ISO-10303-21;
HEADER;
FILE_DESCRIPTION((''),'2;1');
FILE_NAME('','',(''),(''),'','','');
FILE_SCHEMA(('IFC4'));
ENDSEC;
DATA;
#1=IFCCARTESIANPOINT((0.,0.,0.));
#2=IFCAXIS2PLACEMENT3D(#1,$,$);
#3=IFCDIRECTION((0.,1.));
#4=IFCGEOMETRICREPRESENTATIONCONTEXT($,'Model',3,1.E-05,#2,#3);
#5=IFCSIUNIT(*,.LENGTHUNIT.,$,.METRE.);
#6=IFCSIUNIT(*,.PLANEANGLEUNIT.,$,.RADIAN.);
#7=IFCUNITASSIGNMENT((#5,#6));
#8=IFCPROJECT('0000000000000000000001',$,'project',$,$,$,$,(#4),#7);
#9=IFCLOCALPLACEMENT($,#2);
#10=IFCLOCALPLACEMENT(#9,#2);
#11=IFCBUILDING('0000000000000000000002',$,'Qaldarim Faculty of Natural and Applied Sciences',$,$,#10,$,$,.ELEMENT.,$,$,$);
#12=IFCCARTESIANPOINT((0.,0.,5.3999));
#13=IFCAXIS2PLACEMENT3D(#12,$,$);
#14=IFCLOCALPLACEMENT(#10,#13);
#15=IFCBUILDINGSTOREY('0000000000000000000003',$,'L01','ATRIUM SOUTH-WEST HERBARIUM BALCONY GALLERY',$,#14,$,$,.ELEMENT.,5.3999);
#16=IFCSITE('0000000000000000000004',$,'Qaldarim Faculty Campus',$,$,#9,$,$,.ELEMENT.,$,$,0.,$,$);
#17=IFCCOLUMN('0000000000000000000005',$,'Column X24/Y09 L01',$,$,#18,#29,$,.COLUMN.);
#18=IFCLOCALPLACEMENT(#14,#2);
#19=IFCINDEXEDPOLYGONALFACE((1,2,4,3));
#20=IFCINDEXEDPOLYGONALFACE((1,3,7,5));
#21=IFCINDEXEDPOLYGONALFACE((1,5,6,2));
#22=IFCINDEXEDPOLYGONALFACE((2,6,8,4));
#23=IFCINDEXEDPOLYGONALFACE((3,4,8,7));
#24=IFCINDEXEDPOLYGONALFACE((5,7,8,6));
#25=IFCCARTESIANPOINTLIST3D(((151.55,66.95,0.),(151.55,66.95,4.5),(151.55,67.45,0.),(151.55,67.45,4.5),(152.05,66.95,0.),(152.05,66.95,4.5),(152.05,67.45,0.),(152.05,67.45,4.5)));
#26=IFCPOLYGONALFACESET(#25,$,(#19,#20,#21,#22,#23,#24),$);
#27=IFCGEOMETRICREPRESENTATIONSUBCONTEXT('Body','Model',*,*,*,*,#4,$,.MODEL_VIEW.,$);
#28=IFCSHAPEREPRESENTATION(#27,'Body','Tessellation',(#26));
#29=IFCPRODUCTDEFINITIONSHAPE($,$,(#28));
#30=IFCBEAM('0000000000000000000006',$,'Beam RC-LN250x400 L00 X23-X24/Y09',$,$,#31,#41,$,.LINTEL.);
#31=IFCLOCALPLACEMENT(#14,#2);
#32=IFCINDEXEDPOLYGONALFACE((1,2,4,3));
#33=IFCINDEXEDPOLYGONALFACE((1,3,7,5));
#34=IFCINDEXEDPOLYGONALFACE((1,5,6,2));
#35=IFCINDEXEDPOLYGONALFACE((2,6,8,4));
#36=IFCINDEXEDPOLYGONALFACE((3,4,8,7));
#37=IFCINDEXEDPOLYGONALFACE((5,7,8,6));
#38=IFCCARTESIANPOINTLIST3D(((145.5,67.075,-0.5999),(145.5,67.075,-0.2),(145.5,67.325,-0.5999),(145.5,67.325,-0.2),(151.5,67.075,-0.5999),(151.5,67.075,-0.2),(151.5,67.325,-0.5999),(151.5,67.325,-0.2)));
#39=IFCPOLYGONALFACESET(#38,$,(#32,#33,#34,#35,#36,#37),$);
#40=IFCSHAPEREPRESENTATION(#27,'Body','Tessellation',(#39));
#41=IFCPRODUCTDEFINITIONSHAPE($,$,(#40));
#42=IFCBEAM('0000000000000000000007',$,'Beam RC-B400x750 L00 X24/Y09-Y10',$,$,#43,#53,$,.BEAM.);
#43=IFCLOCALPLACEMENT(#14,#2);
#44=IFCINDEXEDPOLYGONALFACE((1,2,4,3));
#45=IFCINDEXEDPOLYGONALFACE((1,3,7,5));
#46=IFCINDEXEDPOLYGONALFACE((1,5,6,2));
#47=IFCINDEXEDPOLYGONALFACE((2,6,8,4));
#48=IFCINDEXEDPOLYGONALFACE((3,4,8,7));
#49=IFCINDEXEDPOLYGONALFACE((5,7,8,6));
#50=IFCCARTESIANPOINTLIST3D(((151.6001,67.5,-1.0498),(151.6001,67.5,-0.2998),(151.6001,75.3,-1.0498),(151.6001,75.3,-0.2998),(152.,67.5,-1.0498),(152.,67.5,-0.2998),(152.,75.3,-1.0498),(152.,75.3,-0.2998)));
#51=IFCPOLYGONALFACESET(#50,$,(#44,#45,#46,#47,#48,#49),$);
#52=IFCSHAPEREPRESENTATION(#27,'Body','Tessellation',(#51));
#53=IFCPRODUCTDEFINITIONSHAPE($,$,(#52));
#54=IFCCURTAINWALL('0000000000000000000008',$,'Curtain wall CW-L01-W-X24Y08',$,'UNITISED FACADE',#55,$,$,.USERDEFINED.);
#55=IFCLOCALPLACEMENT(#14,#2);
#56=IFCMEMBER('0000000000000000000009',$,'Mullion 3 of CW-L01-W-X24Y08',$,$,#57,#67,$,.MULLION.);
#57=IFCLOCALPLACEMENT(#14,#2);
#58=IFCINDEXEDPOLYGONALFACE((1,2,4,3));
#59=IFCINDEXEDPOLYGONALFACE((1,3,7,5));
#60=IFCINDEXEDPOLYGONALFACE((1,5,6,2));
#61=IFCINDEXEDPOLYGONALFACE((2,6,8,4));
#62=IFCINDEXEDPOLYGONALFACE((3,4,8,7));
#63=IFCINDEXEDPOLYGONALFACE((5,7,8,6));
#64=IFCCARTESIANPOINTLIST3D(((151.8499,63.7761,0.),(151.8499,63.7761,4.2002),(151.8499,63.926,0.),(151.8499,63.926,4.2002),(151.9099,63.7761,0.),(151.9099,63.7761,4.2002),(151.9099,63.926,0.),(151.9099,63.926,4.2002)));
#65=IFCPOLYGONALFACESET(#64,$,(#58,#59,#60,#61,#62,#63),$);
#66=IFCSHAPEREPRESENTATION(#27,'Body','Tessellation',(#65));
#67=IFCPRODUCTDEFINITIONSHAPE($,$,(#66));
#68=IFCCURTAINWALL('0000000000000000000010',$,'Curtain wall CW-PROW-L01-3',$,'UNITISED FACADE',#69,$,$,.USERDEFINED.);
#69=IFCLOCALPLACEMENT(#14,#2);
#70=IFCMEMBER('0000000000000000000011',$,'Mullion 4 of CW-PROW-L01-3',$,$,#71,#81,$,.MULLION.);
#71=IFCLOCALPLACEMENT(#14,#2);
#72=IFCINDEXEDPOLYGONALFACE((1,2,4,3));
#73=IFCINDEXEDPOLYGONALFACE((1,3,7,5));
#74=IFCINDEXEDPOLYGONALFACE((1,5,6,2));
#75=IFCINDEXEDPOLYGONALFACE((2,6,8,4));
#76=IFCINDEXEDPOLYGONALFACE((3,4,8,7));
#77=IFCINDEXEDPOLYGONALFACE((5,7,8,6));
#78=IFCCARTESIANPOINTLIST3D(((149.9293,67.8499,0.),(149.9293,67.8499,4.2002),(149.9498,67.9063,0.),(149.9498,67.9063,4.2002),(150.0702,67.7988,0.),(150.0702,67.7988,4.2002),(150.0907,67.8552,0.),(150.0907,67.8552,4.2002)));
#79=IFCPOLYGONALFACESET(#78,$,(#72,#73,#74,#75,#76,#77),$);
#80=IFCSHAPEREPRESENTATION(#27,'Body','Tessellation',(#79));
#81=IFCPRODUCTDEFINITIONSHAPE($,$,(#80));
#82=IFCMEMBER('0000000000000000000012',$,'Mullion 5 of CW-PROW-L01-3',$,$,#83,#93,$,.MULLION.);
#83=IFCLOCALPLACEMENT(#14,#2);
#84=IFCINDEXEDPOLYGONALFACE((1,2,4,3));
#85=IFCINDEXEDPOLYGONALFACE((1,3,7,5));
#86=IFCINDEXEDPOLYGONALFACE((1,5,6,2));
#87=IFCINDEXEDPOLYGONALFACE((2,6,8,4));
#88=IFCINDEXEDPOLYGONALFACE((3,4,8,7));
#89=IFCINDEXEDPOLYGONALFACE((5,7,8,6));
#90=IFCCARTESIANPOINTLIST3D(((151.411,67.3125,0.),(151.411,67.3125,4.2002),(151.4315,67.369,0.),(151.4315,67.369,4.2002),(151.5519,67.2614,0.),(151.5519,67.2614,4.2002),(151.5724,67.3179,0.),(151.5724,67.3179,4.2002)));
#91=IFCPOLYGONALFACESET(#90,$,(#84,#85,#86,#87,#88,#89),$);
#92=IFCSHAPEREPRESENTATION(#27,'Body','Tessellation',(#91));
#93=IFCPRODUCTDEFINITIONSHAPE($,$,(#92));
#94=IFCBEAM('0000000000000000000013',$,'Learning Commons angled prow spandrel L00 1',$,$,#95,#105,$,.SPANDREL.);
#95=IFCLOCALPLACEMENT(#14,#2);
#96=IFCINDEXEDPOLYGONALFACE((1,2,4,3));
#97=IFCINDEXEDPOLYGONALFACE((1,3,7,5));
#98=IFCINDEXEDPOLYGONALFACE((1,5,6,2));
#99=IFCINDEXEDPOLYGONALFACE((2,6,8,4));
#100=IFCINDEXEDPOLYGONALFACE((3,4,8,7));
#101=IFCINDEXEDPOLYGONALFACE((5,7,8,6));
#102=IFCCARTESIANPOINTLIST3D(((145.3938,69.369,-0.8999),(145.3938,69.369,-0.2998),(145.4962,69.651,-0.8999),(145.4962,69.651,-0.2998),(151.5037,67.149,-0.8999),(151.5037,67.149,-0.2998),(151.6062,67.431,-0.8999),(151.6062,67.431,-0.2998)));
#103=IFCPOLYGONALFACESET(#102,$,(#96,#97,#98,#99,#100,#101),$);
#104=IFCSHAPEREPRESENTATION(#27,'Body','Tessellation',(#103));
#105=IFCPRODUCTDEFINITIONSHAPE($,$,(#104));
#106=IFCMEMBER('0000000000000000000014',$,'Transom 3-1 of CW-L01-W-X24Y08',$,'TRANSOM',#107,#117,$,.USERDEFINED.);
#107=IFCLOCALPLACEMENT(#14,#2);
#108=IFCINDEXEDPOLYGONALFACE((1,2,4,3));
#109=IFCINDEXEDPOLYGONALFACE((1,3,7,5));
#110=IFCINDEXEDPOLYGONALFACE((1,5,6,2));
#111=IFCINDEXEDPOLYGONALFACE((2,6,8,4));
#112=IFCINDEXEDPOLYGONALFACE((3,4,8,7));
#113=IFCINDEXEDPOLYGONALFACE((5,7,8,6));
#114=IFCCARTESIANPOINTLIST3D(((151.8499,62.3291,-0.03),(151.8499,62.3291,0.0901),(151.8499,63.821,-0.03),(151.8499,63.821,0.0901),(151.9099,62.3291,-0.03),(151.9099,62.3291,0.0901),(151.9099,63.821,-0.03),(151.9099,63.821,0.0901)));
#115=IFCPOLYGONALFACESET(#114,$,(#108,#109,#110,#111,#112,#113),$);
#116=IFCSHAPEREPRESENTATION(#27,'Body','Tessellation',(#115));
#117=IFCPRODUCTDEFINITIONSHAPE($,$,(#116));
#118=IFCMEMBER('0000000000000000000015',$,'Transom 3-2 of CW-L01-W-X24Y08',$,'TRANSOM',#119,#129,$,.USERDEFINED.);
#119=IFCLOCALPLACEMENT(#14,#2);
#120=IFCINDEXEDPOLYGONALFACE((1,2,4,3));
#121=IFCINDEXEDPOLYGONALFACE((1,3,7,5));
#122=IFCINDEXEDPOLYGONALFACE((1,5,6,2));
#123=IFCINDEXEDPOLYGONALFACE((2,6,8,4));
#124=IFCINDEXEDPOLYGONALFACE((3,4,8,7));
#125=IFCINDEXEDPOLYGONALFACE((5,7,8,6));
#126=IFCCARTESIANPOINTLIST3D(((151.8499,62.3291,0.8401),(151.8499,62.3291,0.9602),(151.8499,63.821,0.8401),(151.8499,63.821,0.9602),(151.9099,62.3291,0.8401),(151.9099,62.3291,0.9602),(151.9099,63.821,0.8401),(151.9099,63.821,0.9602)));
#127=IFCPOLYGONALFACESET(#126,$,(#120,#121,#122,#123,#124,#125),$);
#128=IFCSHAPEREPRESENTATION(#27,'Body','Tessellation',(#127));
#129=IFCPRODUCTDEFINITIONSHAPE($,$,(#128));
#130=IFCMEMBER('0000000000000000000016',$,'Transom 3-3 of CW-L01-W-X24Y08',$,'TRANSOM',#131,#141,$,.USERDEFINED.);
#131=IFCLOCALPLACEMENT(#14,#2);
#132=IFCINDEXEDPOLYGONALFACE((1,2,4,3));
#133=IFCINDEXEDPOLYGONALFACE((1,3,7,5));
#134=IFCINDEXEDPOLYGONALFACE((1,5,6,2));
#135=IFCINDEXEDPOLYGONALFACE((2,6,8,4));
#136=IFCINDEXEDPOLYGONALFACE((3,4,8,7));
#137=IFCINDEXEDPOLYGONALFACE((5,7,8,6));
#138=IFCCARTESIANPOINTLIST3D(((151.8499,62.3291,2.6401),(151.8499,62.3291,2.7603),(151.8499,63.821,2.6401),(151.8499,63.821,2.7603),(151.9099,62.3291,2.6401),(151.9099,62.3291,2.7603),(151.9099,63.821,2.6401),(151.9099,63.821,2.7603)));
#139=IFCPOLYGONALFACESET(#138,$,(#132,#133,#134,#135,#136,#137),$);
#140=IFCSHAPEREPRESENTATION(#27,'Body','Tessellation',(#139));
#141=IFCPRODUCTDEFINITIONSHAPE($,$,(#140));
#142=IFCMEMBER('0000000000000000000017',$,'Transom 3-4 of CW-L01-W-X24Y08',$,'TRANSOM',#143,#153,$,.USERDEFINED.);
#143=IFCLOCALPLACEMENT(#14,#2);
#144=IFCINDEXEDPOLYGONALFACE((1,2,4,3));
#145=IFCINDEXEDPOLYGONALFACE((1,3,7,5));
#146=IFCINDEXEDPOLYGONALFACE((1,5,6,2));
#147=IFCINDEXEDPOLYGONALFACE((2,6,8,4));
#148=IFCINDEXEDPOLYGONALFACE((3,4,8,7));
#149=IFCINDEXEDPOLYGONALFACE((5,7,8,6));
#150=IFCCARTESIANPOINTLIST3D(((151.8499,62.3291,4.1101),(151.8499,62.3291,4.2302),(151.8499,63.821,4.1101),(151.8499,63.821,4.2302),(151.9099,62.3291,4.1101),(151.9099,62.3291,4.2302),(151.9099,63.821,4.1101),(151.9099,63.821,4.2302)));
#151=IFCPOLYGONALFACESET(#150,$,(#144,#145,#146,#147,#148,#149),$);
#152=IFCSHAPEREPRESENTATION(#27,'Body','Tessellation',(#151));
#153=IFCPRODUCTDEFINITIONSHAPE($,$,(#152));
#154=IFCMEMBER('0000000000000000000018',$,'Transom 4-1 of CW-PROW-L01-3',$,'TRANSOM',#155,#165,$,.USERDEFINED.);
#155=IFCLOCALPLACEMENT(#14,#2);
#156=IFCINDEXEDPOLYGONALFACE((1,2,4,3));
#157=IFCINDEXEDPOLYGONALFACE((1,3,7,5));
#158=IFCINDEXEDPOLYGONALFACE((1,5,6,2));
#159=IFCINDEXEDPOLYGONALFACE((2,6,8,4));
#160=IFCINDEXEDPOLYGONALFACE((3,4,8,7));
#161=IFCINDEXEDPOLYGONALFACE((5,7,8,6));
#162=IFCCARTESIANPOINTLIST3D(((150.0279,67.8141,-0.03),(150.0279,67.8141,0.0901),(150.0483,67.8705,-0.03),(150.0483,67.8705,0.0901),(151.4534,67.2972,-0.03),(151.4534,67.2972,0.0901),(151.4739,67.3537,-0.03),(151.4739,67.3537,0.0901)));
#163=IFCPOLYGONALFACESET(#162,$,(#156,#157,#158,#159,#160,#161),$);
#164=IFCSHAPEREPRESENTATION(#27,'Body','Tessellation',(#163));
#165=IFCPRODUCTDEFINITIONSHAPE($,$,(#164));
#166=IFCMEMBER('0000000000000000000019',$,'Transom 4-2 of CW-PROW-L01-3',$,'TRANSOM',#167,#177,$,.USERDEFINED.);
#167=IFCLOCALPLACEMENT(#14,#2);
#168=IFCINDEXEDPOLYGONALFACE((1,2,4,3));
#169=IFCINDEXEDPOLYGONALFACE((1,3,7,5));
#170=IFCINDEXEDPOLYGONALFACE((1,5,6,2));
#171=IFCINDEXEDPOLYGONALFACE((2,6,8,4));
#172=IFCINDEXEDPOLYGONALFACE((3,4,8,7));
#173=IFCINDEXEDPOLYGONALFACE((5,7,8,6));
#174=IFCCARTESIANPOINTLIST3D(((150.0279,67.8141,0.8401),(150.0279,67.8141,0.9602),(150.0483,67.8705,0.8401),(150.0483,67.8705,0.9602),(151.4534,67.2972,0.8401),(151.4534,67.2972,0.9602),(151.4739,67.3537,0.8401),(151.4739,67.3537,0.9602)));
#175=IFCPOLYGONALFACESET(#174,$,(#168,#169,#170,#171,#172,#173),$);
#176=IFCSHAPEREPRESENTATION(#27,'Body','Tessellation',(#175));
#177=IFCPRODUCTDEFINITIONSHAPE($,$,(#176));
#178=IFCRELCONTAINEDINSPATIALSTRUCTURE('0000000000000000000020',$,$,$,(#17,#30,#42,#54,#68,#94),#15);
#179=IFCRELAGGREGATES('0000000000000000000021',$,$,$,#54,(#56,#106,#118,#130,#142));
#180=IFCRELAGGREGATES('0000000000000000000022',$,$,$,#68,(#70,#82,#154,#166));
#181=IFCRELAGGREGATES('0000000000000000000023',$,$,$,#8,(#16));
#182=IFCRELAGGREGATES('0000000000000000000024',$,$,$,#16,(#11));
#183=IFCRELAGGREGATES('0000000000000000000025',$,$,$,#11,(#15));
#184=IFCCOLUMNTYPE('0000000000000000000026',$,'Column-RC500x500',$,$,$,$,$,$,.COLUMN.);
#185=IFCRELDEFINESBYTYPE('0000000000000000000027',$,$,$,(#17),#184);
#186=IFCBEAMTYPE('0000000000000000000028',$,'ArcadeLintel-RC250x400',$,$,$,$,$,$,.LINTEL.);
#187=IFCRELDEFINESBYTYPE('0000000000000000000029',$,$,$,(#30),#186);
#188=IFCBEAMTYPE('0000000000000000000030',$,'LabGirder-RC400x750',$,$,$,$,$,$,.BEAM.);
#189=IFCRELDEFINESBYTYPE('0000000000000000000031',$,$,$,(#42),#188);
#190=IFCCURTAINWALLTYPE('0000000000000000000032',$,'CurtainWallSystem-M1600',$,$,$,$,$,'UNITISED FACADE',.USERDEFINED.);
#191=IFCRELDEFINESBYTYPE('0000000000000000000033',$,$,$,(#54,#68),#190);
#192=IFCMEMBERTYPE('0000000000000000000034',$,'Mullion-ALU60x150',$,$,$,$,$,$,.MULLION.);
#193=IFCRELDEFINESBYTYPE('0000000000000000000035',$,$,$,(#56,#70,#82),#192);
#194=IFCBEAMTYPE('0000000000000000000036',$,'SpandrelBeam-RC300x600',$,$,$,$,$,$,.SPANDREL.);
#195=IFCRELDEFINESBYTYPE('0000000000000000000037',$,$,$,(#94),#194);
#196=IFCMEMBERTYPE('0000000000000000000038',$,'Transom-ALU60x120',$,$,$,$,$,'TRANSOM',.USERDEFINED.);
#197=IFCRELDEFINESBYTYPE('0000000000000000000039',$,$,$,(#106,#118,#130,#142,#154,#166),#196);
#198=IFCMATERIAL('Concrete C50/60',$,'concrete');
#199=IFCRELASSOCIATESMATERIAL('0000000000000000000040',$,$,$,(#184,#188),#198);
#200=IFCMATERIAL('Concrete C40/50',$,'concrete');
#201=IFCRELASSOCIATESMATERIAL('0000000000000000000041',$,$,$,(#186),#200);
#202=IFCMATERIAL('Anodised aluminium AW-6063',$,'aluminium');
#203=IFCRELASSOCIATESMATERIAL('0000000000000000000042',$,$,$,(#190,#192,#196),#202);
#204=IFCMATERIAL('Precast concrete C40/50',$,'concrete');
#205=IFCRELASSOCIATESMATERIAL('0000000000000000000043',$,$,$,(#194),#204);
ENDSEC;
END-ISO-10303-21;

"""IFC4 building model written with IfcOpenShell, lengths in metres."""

from ifc_helpers import new_model, si_unit, direction, frame, origin, origin_2d, place, context, subcontext, project, spatial, rectangle, extrude, material, material_profile, profile_set, type_object, element, aggregate, save


model = new_model("IFC4")

# Units and contexts
model_context = context("Model", 3, precision=1e-05, world=origin(), true_north=direction((0.0, 1.0)))
body_context = subcontext(model_context, "Body", "Model", "MODEL_VIEW")
ifc_project = project(units=[si_unit("LENGTHUNIT", "METRE"), si_unit("PLANEANGLEUNIT", "RADIAN")], contexts=[model_context])

# Site, building, storey
site_placement = place(None, origin())
site = spatial("IfcSite", under=ifc_project, at=site_placement, Name="Qaldarim Faculty Campus", CompositionType="ELEMENT", RefElevation=0.0)
building_placement = place(site_placement, origin())
building = spatial("IfcBuilding", under=site, at=building_placement, Name="Qaldarim Faculty of Natural and Applied Sciences", CompositionType="ELEMENT")
storey_placement = place(building_placement, frame((0.0, 0.0, 5.3999)))
storey = spatial("IfcBuildingStorey", under=building, at=storey_placement, Name="L01", Description="ATRIUM SOUTH-WEST HERBARIUM BALCONY GALLERY", CompositionType="ELEMENT", Elevation=5.3999)

# Column
ifc_material_1 = material(Name="Concrete C50/60", Category="concrete")
ifc_material_profile_1 = material_profile(ifc_material_1, rectangle(XDim=0.5, YDim=0.5, at=origin_2d()), Name="RC-C500x500")
ifc_profile_set_1 = profile_set([ifc_material_profile_1], Name="Concrete C50/60")
column_type = type_object("IfcColumnType", Name="Column-RC500x500", PredefinedType="COLUMN", material=ifc_profile_set_1)
column_placement = place(storey_placement, frame((151.8, 67.2, 0.0), z_axis=(0.0, 0.0, 1.0), x_axis=(1.0, 0.0, 0.0)))
element("IfcColumn", 1, at=column_placement, inside=storey, type_object=column_type, Name="Column X24/Y09 L01", PredefinedType="COLUMN", context=body_context, shape_type="SweptSolid", body=[
    extrude(rectangle(XDim=0.5, YDim=0.5, at=origin_2d()), origin(), (0.0, 0.0, 1.0), 4.5),
])

# Beams
ifc_material_2 = material(Name="Concrete C40/50", Category="concrete")
ifc_material_profile_2 = material_profile(ifc_material_2, rectangle(XDim=0.25, YDim=0.3999, at=origin_2d()), Name="RC-LN250x400")
ifc_profile_set_2 = profile_set([ifc_material_profile_2], Name="Concrete C40/50")
beam_type_1 = type_object("IfcBeamType", Name="ArcadeLintel-RC250x400", PredefinedType="LINTEL", material=ifc_profile_set_2)
beam_1_placement = place(storey_placement, frame((145.5, 67.2, -0.3999), z_axis=(1.0, 0.0, 0.0), x_axis=(0.0, 1.0, 0.0)))
element("IfcBeam", 2, at=beam_1_placement, inside=storey, type_object=beam_type_1, Name="Beam RC-LN250x400 L00 X23-X24/Y09", PredefinedType="LINTEL", context=body_context, shape_type="SweptSolid", body=[
    extrude(rectangle(XDim=0.25, YDim=0.3999, at=origin_2d()), origin(), (0.0, 0.0, 1.0), 6.0),
])
ifc_material_profile_3 = material_profile(ifc_material_1, rectangle(XDim=0.3999, YDim=0.75, at=origin_2d()), Name="RC-B400x750")
ifc_profile_set_3 = profile_set([ifc_material_profile_3], Name="Concrete C50/60")
beam_type_2 = type_object("IfcBeamType", Name="LabGirder-RC400x750", PredefinedType="BEAM", material=ifc_profile_set_3)
beam_2_placement = place(storey_placement, frame((151.8, 67.5, -0.6748), z_axis=(0.0, 1.0, 0.0), x_axis=(-1.0, 0.0, 0.0)))
element("IfcBeam", 3, at=beam_2_placement, inside=storey, type_object=beam_type_2, Name="Beam RC-B400x750 L00 X24/Y09-Y10", PredefinedType="BEAM", context=body_context, shape_type="SweptSolid", body=[
    extrude(rectangle(XDim=0.3999, YDim=0.75, at=origin_2d()), origin(), (0.0, 0.0, 1.0), 7.8),
])

# Curtain wall, member
ifc_material_3 = material(Name="Anodised aluminium AW-6063", Category="aluminium")
curtain_wall_type = type_object("IfcCurtainWallType", Name="CurtainWallSystem-M1600", ElementType="UNITISED FACADE", PredefinedType="USERDEFINED", material=ifc_material_3)
curtain_wall_1_placement = place(storey_placement, origin())
curtain_wall_1 = element("IfcCurtainWall", 4, at=curtain_wall_1_placement, inside=storey, type_object=curtain_wall_type, Name="Curtain wall CW-L01-W-X24Y08", ObjectType="UNITISED FACADE", PredefinedType="USERDEFINED")
ifc_material_profile_4 = material_profile(ifc_material_3, rectangle(XDim=0.0601, YDim=0.1499, at=origin_2d()), Name="ALU-M60x150")
ifc_profile_set_4 = profile_set([ifc_material_profile_4], Name="Anodised aluminium AW-6063")
member_type_1 = type_object("IfcMemberType", Name="Mullion-ALU60x150", PredefinedType="MULLION", material=ifc_profile_set_4)
member_1_placement = place(storey_placement, frame((151.8799, 63.8511, 0.0), z_axis=(0.0, 0.0, 1.0), x_axis=(1.0, 0.0, 0.0)))
member_1 = element("IfcMember", 5, at=member_1_placement, type_object=member_type_1, Name="Mullion 3 of CW-L01-W-X24Y08", PredefinedType="MULLION", context=body_context, shape_type="SweptSolid", body=[
    extrude(rectangle(XDim=0.0601, YDim=0.1499, at=origin_2d()), origin(), (0.0, 0.0, 1.0), 4.2002),
])

# Curtain wall, members
curtain_wall_2_placement = place(storey_placement, origin())
curtain_wall_2 = element("IfcCurtainWall", 6, at=curtain_wall_2_placement, inside=storey, type_object=curtain_wall_type, Name="Curtain wall CW-PROW-L01-3", ObjectType="UNITISED FACADE", PredefinedType="USERDEFINED")
member_2_placement = place(storey_placement, frame((150.01, 67.8525, 0.0), z_axis=(0.0, 0.0, 1.0), x_axis=(0.340872, 0.94011, 0.0)))
member_2 = element("IfcMember", 7, at=member_2_placement, type_object=member_type_1, Name="Mullion 4 of CW-PROW-L01-3", PredefinedType="MULLION", context=body_context, shape_type="SweptSolid", body=[
    extrude(rectangle(XDim=0.0601, YDim=0.1499, at=origin_2d()), origin(), (0.0, 0.0, 1.0), 4.2002),
])
member_3_placement = place(storey_placement, frame((151.4917, 67.3152, 0.0), z_axis=(0.0, 0.0, 1.0), x_axis=(0.340872, 0.94011, 0.0)))
member_3 = element("IfcMember", 8, at=member_3_placement, type_object=member_type_1, Name="Mullion 5 of CW-PROW-L01-3", PredefinedType="MULLION", context=body_context, shape_type="SweptSolid", body=[
    extrude(rectangle(XDim=0.0601, YDim=0.1499, at=origin_2d()), origin(), (0.0, 0.0, 1.0), 4.2002),
])

# Beam
ifc_material_4 = material(Name="Precast concrete C40/50", Category="concrete")
ifc_material_profile_5 = material_profile(ifc_material_4, rectangle(XDim=0.3, YDim=0.6001, at=origin_2d()), Name="RC-SP300x600")
ifc_profile_set_5 = profile_set([ifc_material_profile_5], Name="Precast concrete C40/50")
beam_type_3 = type_object("IfcBeamType", Name="SpandrelBeam-RC300x600", PredefinedType="SPANDREL", material=ifc_profile_set_5)
beam_3_placement = place(storey_placement, frame((151.5549, 67.29, -0.5999), z_axis=(-0.939882, 0.341499, 0.0), x_axis=(-0.341499, -0.939882, 0.0)))
element("IfcBeam", 9, at=beam_3_placement, inside=storey, type_object=beam_type_3, Name="Learning Commons angled prow spandrel L00 1", PredefinedType="SPANDREL", context=body_context, shape_type="SweptSolid", body=[
    extrude(rectangle(XDim=0.3, YDim=0.6001, at=origin_2d()), origin(), (0.0, 0.0, 1.0), 6.5007),
])

# Members
ifc_material_profile_6 = material_profile(ifc_material_3, rectangle(XDim=0.0601, YDim=0.1201, at=origin_2d()), Name="ALU-T60x120")
ifc_profile_set_6 = profile_set([ifc_material_profile_6], Name="Anodised aluminium AW-6063")
member_type_2 = type_object("IfcMemberType", Name="Transom-ALU60x120", ElementType="TRANSOM", PredefinedType="USERDEFINED", material=ifc_profile_set_6)
member_4_placement = place(storey_placement, frame((151.8799, 63.821, 0.03), z_axis=(0.0, -1.0, 0.0), x_axis=(1.0, 0.0, 0.0)))
member_4 = element("IfcMember", 10, at=member_4_placement, type_object=member_type_2, Name="Transom 3-1 of CW-L01-W-X24Y08", ObjectType="TRANSOM", PredefinedType="USERDEFINED", context=body_context, shape_type="SweptSolid", body=[
    extrude(rectangle(XDim=0.0601, YDim=0.1201, at=origin_2d()), origin(), (0.0, 0.0, 1.0), 1.4919),
])
member_5_placement = place(storey_placement, frame((151.8799, 63.821, 0.9001), z_axis=(0.0, -1.0, 0.0), x_axis=(1.0, 0.0, 0.0)))
member_5 = element("IfcMember", 11, at=member_5_placement, type_object=member_type_2, Name="Transom 3-2 of CW-L01-W-X24Y08", ObjectType="TRANSOM", PredefinedType="USERDEFINED", context=body_context, shape_type="SweptSolid", body=[
    extrude(rectangle(XDim=0.0601, YDim=0.1201, at=origin_2d()), origin(), (0.0, 0.0, 1.0), 1.4919),
])
member_6_placement = place(storey_placement, frame((151.8799, 63.821, 2.7002), z_axis=(0.0, -1.0, 0.0), x_axis=(1.0, 0.0, 0.0)))
member_6 = element("IfcMember", 12, at=member_6_placement, type_object=member_type_2, Name="Transom 3-3 of CW-L01-W-X24Y08", ObjectType="TRANSOM", PredefinedType="USERDEFINED", context=body_context, shape_type="SweptSolid", body=[
    extrude(rectangle(XDim=0.0601, YDim=0.1201, at=origin_2d()), origin(), (0.0, 0.0, 1.0), 1.4919),
])
member_7_placement = place(storey_placement, frame((151.8799, 63.821, 4.1702), z_axis=(0.0, -1.0, 0.0), x_axis=(1.0, 0.0, 0.0)))
member_7 = element("IfcMember", 13, at=member_7_placement, type_object=member_type_2, Name="Transom 3-4 of CW-L01-W-X24Y08", ObjectType="TRANSOM", PredefinedType="USERDEFINED", context=body_context, shape_type="SweptSolid", body=[
    extrude(rectangle(XDim=0.0601, YDim=0.1201, at=origin_2d()), origin(), (0.0, 0.0, 1.0), 1.4919),
])
aggregate(curtain_wall_1, [member_1, member_4, member_5, member_6, member_7])
member_8_placement = place(storey_placement, frame((150.0381, 67.8423, 0.03), z_axis=(0.940117, -0.340851, 0.0), x_axis=(0.340851, 0.940117, 0.0)))
member_8 = element("IfcMember", 14, at=member_8_placement, type_object=member_type_2, Name="Transom 4-1 of CW-PROW-L01-3", ObjectType="TRANSOM", PredefinedType="USERDEFINED", context=body_context, shape_type="SweptSolid", body=[
    extrude(rectangle(XDim=0.0601, YDim=0.1201, at=origin_2d()), origin(), (0.0, 0.0, 1.0), 1.5164),
])
member_9_placement = place(storey_placement, frame((150.0381, 67.8423, 0.9001), z_axis=(0.940117, -0.340851, 0.0), x_axis=(0.340851, 0.940117, 0.0)))
member_9 = element("IfcMember", 15, at=member_9_placement, type_object=member_type_2, Name="Transom 4-2 of CW-PROW-L01-3", ObjectType="TRANSOM", PredefinedType="USERDEFINED", context=body_context, shape_type="SweptSolid", body=[
    extrude(rectangle(XDim=0.0601, YDim=0.1201, at=origin_2d()), origin(), (0.0, 0.0, 1.0), 1.5164),
])

aggregate(curtain_wall_2, [member_2, member_3, member_8, member_9])

save(model, "model.ifc")
